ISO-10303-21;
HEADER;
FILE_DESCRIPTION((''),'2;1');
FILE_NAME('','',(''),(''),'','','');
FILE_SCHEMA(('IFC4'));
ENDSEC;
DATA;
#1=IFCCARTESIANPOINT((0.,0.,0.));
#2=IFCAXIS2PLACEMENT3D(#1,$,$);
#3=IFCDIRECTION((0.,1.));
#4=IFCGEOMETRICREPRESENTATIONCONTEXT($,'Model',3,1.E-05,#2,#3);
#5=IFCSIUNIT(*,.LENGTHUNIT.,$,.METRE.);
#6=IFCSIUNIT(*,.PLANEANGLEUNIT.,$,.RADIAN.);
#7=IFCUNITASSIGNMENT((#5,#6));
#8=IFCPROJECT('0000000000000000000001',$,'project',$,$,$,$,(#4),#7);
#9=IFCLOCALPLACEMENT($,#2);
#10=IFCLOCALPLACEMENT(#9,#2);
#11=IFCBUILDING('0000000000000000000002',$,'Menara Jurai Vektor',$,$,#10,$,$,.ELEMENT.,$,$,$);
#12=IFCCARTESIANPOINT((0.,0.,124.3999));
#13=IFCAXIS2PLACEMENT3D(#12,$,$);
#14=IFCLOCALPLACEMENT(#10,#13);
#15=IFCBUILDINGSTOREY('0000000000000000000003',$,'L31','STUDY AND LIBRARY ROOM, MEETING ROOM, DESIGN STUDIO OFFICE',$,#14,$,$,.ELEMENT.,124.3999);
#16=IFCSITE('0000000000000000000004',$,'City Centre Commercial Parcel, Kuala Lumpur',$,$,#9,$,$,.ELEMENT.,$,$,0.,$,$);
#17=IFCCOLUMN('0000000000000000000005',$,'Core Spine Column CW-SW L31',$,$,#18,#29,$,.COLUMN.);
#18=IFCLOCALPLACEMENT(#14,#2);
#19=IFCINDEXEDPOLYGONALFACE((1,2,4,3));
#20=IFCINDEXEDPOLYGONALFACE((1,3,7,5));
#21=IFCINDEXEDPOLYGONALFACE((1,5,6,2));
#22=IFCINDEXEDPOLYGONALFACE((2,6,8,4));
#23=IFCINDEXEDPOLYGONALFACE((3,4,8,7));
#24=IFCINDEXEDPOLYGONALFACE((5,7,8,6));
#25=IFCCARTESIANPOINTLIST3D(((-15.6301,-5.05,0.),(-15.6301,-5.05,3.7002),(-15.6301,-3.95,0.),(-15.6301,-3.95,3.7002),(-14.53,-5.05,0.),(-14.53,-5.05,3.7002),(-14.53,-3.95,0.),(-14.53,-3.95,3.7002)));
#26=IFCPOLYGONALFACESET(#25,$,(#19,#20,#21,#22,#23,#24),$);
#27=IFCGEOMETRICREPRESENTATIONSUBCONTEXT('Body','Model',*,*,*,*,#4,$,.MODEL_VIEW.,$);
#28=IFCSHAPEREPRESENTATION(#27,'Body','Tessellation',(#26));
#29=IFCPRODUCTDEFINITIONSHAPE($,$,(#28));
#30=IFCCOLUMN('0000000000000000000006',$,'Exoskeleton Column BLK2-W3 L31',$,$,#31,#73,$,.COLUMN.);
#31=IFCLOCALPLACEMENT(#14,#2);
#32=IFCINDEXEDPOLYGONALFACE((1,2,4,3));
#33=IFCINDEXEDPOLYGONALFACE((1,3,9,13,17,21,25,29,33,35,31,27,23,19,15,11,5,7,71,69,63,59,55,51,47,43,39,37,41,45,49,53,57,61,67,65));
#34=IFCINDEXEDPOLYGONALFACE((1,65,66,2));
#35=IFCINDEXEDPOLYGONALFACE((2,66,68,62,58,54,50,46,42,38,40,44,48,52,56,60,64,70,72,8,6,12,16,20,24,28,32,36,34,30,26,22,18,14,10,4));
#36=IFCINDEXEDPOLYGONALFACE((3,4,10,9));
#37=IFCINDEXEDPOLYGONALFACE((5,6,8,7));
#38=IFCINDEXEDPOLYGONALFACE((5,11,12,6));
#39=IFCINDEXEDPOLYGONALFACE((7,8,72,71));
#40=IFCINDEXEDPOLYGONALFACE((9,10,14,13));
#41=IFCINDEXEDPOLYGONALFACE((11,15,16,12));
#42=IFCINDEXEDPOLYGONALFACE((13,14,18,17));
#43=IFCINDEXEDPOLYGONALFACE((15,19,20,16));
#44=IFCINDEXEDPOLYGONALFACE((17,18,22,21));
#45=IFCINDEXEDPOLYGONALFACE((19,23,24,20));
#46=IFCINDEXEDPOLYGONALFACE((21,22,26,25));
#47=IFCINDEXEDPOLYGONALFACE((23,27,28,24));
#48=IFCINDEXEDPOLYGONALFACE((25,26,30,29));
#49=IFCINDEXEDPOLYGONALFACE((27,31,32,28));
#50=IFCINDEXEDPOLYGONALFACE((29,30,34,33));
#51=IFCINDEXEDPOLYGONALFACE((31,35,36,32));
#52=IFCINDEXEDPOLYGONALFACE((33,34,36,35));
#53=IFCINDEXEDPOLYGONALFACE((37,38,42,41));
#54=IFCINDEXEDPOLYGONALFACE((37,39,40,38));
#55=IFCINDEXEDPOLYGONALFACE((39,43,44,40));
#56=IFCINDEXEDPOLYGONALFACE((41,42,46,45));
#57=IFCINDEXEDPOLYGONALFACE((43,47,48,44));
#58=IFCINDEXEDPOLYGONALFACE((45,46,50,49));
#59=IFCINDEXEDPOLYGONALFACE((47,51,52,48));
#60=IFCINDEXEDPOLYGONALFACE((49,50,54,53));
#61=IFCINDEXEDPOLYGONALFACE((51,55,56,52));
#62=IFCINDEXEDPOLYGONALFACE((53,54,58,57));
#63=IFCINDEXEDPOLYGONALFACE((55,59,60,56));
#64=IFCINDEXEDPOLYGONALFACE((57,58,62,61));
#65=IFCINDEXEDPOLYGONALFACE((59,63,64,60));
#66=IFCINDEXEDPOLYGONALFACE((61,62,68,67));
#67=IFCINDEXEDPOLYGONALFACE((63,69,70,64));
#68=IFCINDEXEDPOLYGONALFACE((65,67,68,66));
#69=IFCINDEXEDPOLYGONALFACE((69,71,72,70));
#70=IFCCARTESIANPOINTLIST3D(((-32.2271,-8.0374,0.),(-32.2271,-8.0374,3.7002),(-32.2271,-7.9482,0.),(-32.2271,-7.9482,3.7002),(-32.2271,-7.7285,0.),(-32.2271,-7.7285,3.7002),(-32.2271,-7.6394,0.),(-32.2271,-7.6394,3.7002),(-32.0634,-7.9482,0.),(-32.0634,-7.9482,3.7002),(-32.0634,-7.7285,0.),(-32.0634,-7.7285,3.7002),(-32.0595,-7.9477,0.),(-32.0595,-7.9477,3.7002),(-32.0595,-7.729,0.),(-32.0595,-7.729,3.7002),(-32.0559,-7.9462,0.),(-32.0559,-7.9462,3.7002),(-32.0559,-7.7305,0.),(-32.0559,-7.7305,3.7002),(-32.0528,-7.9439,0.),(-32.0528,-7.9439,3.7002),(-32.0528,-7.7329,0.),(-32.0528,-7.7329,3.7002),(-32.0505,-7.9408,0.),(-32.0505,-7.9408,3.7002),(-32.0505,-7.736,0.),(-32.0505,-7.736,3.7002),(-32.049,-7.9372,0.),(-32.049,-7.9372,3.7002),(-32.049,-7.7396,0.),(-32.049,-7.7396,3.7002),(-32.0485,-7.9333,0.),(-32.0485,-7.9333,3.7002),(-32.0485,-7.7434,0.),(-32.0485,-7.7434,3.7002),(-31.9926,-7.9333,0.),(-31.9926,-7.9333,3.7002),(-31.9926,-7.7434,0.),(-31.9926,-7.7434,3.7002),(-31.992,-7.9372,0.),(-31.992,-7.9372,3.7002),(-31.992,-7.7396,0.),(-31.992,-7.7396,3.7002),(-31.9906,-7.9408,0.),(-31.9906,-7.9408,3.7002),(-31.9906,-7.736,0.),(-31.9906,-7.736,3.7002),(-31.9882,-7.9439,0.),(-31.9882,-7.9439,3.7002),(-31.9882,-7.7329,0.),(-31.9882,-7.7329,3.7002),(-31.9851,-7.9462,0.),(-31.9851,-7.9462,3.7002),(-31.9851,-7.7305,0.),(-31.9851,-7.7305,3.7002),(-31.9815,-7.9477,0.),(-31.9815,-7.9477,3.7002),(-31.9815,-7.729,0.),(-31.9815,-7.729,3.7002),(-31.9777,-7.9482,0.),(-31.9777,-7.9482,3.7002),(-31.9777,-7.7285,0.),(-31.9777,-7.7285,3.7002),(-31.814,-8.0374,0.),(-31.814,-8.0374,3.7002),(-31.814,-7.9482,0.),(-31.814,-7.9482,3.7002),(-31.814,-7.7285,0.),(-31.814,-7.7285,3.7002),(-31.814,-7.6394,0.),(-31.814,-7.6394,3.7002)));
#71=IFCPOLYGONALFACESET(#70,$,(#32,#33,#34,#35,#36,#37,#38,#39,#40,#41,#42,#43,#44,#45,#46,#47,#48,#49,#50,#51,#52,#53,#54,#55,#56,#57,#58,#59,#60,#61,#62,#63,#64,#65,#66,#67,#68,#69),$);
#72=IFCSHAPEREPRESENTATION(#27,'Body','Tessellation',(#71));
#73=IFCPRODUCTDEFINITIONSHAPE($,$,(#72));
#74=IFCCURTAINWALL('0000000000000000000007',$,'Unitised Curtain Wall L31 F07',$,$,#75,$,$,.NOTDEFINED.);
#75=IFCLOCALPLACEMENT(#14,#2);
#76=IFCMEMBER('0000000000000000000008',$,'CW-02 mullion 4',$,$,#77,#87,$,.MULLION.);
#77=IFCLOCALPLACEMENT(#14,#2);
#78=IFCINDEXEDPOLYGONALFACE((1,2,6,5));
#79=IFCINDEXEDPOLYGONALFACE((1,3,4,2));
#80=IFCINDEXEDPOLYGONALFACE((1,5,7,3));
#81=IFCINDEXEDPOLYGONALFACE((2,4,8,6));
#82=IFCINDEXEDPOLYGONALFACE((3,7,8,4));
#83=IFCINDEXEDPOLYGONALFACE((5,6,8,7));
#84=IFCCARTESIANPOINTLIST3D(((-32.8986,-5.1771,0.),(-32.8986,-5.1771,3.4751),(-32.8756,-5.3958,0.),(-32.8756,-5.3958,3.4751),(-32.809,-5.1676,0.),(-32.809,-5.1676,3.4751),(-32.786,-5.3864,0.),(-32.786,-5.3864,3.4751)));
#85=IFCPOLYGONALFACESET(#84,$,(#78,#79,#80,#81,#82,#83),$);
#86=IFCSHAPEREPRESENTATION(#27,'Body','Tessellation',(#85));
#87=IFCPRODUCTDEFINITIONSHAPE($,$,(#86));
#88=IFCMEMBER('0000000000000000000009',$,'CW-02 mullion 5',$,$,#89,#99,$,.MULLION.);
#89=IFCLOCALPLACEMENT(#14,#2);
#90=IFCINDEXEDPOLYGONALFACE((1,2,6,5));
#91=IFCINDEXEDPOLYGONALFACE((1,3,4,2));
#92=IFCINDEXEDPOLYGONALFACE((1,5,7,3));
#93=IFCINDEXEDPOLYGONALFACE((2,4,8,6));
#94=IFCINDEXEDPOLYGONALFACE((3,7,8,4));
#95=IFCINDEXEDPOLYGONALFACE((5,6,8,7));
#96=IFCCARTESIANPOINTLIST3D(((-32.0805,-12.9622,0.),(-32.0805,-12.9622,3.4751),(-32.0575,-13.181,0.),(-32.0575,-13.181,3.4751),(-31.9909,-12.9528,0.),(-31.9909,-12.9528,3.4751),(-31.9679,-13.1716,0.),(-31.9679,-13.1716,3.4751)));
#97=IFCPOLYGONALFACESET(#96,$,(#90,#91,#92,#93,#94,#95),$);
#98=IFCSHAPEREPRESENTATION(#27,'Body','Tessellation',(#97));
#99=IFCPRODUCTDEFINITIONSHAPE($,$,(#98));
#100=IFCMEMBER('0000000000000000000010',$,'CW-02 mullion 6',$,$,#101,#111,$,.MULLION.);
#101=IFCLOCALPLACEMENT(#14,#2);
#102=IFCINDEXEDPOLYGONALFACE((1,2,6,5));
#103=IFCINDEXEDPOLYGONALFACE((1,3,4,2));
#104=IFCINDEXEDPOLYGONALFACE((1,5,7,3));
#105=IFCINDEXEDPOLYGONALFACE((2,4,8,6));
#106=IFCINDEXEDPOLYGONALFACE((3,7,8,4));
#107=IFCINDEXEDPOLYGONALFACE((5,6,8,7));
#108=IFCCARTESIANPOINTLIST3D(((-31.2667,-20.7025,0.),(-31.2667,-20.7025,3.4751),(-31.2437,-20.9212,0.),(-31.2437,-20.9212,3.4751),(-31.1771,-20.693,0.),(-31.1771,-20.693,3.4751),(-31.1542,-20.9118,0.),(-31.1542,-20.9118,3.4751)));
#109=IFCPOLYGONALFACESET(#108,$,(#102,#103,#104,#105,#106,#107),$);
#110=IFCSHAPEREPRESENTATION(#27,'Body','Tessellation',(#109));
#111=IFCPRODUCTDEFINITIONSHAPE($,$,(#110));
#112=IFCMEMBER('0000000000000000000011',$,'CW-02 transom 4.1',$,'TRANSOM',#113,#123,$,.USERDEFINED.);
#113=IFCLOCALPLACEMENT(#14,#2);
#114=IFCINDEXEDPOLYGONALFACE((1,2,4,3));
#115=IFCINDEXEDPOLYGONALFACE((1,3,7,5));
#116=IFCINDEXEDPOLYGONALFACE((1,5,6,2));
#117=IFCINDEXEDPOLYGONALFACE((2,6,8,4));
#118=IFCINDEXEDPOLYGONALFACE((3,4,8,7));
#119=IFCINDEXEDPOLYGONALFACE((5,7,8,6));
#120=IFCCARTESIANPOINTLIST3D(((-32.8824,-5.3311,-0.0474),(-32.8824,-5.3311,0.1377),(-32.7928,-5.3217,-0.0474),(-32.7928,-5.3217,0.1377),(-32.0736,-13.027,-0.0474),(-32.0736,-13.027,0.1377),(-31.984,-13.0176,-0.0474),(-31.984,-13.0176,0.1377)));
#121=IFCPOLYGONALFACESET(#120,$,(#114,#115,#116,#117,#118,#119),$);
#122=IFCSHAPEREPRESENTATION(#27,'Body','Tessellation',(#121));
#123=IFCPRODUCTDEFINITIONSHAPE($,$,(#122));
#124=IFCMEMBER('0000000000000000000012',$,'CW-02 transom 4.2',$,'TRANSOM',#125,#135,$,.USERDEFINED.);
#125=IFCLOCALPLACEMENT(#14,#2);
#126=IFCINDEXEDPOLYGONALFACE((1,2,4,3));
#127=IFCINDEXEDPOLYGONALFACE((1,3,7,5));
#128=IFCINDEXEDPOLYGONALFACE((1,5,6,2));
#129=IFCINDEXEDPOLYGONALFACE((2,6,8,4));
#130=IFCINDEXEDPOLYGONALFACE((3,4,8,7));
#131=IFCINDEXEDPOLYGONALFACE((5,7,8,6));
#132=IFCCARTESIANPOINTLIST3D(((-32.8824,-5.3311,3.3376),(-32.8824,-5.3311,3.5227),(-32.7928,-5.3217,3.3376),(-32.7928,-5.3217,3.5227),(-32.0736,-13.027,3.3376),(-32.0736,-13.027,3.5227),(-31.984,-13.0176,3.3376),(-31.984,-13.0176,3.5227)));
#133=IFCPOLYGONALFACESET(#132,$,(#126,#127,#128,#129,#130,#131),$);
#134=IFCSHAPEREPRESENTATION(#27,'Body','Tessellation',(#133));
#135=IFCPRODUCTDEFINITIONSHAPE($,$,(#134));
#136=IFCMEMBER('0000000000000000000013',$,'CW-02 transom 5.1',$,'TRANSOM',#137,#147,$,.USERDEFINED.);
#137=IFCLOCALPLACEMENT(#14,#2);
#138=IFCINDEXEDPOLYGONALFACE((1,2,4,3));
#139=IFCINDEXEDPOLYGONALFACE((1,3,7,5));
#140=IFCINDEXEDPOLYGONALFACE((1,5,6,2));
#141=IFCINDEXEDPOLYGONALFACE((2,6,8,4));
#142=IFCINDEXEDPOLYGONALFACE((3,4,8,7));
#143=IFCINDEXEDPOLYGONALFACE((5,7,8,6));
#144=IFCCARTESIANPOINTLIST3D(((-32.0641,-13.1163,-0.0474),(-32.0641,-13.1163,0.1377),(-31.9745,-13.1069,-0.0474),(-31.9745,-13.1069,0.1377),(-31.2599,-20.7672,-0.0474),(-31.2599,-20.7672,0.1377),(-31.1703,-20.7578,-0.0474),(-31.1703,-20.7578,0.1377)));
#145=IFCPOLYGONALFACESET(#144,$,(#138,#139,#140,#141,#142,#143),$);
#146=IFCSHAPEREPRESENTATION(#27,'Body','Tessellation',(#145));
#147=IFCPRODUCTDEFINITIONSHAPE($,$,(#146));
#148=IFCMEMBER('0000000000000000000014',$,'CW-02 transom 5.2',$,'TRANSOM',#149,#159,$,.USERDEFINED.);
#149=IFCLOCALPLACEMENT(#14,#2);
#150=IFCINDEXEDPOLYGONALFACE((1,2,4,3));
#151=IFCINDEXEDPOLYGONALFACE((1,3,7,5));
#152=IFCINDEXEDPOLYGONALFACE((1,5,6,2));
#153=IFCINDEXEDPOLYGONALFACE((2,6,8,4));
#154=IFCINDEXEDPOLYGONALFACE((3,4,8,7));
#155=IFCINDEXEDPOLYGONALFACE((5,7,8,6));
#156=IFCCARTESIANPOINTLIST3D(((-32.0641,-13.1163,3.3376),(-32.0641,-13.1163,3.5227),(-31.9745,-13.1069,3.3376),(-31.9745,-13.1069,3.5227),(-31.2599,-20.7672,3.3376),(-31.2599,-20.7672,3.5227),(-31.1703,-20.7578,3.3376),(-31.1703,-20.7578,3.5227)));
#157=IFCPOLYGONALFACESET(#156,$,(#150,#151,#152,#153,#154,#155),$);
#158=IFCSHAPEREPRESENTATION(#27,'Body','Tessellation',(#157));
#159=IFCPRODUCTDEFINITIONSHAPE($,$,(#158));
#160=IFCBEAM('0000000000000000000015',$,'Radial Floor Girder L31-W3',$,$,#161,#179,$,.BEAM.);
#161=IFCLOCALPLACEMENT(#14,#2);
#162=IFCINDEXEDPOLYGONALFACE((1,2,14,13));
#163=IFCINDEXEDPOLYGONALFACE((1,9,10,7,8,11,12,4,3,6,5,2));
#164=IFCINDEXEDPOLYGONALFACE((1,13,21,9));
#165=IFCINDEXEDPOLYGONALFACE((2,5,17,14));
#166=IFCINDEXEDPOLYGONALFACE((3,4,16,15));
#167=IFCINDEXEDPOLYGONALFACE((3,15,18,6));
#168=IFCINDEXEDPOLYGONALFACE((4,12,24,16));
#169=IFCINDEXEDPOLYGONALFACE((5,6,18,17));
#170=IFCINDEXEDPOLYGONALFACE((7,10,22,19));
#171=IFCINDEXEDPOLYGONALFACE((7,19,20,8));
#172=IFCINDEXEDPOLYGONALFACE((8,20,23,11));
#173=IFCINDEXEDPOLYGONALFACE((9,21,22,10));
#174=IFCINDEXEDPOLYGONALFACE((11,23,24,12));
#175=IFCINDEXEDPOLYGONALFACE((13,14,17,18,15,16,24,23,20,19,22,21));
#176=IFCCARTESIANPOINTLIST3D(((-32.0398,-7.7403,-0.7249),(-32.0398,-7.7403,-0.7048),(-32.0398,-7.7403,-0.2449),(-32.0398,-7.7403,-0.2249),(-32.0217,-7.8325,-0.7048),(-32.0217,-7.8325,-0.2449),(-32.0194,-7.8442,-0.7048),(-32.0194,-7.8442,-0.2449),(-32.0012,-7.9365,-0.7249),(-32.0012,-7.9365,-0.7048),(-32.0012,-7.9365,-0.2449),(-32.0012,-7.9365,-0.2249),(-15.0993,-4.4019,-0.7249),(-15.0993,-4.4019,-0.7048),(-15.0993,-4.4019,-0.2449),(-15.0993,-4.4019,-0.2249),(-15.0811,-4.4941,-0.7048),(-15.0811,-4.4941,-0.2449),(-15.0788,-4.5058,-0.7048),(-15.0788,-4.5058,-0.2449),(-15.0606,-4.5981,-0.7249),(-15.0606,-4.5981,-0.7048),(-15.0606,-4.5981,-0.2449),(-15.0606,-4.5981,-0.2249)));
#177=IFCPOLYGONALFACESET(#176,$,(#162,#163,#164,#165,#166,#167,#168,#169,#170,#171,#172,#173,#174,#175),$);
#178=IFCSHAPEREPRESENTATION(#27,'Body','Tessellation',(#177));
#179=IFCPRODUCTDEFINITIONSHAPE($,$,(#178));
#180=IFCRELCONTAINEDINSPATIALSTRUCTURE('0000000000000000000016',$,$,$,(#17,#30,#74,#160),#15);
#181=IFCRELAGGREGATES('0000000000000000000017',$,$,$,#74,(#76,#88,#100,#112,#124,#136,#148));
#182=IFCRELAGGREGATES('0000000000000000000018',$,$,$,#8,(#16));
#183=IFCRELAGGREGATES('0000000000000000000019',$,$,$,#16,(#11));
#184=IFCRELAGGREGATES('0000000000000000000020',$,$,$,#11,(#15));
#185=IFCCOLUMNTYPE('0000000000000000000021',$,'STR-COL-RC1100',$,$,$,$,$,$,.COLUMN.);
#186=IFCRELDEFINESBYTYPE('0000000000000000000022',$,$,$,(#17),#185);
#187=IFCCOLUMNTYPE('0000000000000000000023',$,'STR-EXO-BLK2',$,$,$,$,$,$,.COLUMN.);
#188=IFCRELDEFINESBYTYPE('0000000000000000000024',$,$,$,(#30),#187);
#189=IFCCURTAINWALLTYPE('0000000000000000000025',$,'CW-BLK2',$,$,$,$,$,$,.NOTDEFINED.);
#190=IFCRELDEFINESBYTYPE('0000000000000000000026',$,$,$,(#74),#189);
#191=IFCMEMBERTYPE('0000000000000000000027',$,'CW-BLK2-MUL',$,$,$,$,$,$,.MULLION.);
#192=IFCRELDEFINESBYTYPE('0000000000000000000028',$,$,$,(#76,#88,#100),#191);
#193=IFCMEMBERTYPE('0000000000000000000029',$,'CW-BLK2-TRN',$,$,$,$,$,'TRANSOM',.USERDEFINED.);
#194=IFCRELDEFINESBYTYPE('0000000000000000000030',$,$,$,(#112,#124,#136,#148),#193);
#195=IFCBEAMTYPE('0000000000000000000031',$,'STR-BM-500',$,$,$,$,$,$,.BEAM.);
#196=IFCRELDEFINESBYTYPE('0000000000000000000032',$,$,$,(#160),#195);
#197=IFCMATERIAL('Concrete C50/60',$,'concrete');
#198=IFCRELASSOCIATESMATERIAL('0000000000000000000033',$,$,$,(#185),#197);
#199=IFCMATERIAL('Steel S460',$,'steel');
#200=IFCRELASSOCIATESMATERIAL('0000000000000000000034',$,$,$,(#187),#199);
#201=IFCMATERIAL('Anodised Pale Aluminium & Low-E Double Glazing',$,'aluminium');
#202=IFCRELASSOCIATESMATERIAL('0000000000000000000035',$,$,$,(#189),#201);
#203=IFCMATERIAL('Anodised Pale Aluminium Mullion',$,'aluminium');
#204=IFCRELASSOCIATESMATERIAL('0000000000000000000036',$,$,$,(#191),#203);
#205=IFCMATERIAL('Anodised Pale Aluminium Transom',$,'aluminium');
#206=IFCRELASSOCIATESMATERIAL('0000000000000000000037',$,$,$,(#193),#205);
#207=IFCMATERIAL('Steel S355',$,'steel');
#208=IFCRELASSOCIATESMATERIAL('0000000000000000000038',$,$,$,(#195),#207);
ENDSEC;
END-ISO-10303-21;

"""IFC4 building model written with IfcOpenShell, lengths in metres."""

from ifc_helpers import new_model, si_unit, direction, frame, origin, origin_2d, place, context, subcontext, project, spatial, rectangle, i_section, extrude, material, material_profile, profile_set, type_object, element, aggregate, save


model = new_model("IFC4")

# Units and contexts
model_context = context("Model", 3, precision=1e-05, world=origin(), true_north=direction((0.0, 1.0)))
body_context = subcontext(model_context, "Body", "Model", "MODEL_VIEW")
ifc_project = project(units=[si_unit("LENGTHUNIT", "METRE"), si_unit("PLANEANGLEUNIT", "RADIAN")], contexts=[model_context])

# Site, building, storey
site_placement = place(None, origin())
site = spatial("IfcSite", under=ifc_project, at=site_placement, Name="City Centre Commercial Parcel, Kuala Lumpur", CompositionType="ELEMENT", RefElevation=0.0)
building_placement = place(site_placement, origin())
building = spatial("IfcBuilding", under=site, at=building_placement, Name="Menara Jurai Vektor", CompositionType="ELEMENT")
storey_placement = place(building_placement, frame((0.0, 0.0, 124.3999)))
storey = spatial("IfcBuildingStorey", under=building, at=storey_placement, Name="L31", Description="STUDY AND LIBRARY ROOM, MEETING ROOM, DESIGN STUDIO OFFICE", CompositionType="ELEMENT", Elevation=124.3999)

# Columns
ifc_material_1 = material(Name="Concrete C50/60", Category="concrete")
ifc_material_profile_1 = material_profile(ifc_material_1, rectangle(XDim=1.1001, YDim=1.1001, at=origin_2d()), Name="RC 1100x1100")
ifc_profile_set_1 = profile_set([ifc_material_profile_1], Name="Concrete C50/60")
column_type_1 = type_object("IfcColumnType", Name="STR-COL-RC1100", PredefinedType="COLUMN", material=ifc_profile_set_1)
column_1_placement = place(storey_placement, frame((-15.0801, -4.5, 0.0), z_axis=(0.0, 0.0, 1.0), x_axis=(1.0, 0.0, 0.0)))
element("IfcColumn", 1, at=column_1_placement, inside=storey, type_object=column_type_1, Name="Core Spine Column CW-SW L31", PredefinedType="COLUMN", context=body_context, shape_type="SweptSolid", body=[
    extrude(rectangle(XDim=1.1001, YDim=1.1001, at=origin_2d()), origin(), (0.0, 0.0, 1.0), 3.7002),
])
ifc_material_2 = material(Name="Steel S460", Category="steel")
ifc_material_profile_2 = material_profile(ifc_material_2, i_section(OverallWidth=0.4131, OverallDepth=0.3979, WebThickness=0.0559, FlangeThickness=0.0891, FilletRadius=0.0149, at=origin_2d()), Name="HD 400x744")
ifc_profile_set_2 = profile_set([ifc_material_profile_2], Name="Steel S460")
column_type_2 = type_object("IfcColumnType", Name="STR-EXO-BLK2", PredefinedType="COLUMN", material=ifc_profile_set_2)
column_2_placement = place(storey_placement, frame((-32.0205, -7.8384, 0.0), z_axis=(0.0, 0.0, 1.0), x_axis=(1.0, 0.0, 0.0)))
element("IfcColumn", 2, at=column_2_placement, inside=storey, type_object=column_type_2, Name="Exoskeleton Column BLK2-W3 L31", PredefinedType="COLUMN", context=body_context, shape_type="SweptSolid", body=[
    extrude(i_section(OverallWidth=0.4131, OverallDepth=0.3979, WebThickness=0.0559, FlangeThickness=0.0891, FilletRadius=0.0149, at=origin_2d()), origin(), (0.0, 0.0, 1.0), 3.7002),
])

# Curtain wall, members
ifc_material_3 = material(Name="Anodised Pale Aluminium & Low-E Double Glazing", Category="aluminium")
curtain_wall_type = type_object("IfcCurtainWallType", Name="CW-BLK2", PredefinedType="NOTDEFINED", material=ifc_material_3)
curtain_wall_placement = place(storey_placement, origin())
curtain_wall = element("IfcCurtainWall", 3, at=curtain_wall_placement, inside=storey, type_object=curtain_wall_type, Name="Unitised Curtain Wall L31 F07", PredefinedType="NOTDEFINED")
ifc_material_4 = material(Name="Anodised Pale Aluminium Mullion", Category="aluminium")
ifc_material_profile_3 = material_profile(ifc_material_4, rectangle(XDim=0.0901, YDim=0.22, at=origin_2d()), Name="ALU MUL 90x220")
ifc_profile_set_3 = profile_set([ifc_material_profile_3], Name="Anodised Pale Aluminium Mullion")
member_type_1 = type_object("IfcMemberType", Name="CW-BLK2-MUL", PredefinedType="MULLION", material=ifc_profile_set_3)
member_1_placement = place(storey_placement, frame((-32.8423, -5.2817, 0.0), z_axis=(0.0, 0.0, 1.0), x_axis=(0.994522, 0.10453, 0.0)))
member_1 = element("IfcMember", 4, at=member_1_placement, type_object=member_type_1, Name="CW-02 mullion 4", PredefinedType="MULLION", context=body_context, shape_type="SweptSolid", body=[
    extrude(rectangle(XDim=0.0901, YDim=0.22, at=origin_2d()), origin(), (0.0, 0.0, 1.0), 3.4751),
])
member_2_placement = place(storey_placement, frame((-32.0242, -13.0669, 0.0), z_axis=(0.0, 0.0, 1.0), x_axis=(0.994522, 0.10453, 0.0)))
member_2 = element("IfcMember", 5, at=member_2_placement, type_object=member_type_1, Name="CW-02 mullion 5", PredefinedType="MULLION", context=body_context, shape_type="SweptSolid", body=[
    extrude(rectangle(XDim=0.0901, YDim=0.22, at=origin_2d()), origin(), (0.0, 0.0, 1.0), 3.4751),
])
member_3_placement = place(storey_placement, frame((-31.2104, -20.8071, 0.0), z_axis=(0.0, 0.0, 1.0), x_axis=(0.994522, 0.10453, 0.0)))
member_3 = element("IfcMember", 6, at=member_3_placement, type_object=member_type_1, Name="CW-02 mullion 6", PredefinedType="MULLION", context=body_context, shape_type="SweptSolid", body=[
    extrude(rectangle(XDim=0.0901, YDim=0.22, at=origin_2d()), origin(), (0.0, 0.0, 1.0), 3.4751),
])
ifc_material_5 = material(Name="Anodised Pale Aluminium Transom", Category="aluminium")
ifc_material_profile_4 = material_profile(ifc_material_5, rectangle(XDim=0.0901, YDim=0.1851, at=origin_2d()), Name="ALU TRN 90x185")
ifc_profile_set_4 = profile_set([ifc_material_profile_4], Name="Anodised Pale Aluminium Transom")
member_type_2 = type_object("IfcMemberType", Name="CW-BLK2-TRN", ElementType="TRANSOM", PredefinedType="USERDEFINED", material=ifc_profile_set_4)
member_4_placement = place(storey_placement, frame((-32.8376, -5.3264, 0.0452), z_axis=(0.104525, -0.994522, 0.0), x_axis=(0.994522, 0.104525, 0.0)))
member_4 = element("IfcMember", 7, at=member_4_placement, type_object=member_type_2, Name="CW-02 transom 4.1", ObjectType="TRANSOM", PredefinedType="USERDEFINED", context=body_context, shape_type="SweptSolid", body=[
    extrude(rectangle(XDim=0.0901, YDim=0.1851, at=origin_2d()), origin(), (0.0, 0.0, 1.0), 7.7383),
])
member_5_placement = place(storey_placement, frame((-32.8376, -5.3264, 3.4302), z_axis=(0.104525, -0.994522, 0.0), x_axis=(0.994522, 0.104525, 0.0)))
member_5 = element("IfcMember", 8, at=member_5_placement, type_object=member_type_2, Name="CW-02 transom 4.2", ObjectType="TRANSOM", PredefinedType="USERDEFINED", context=body_context, shape_type="SweptSolid", body=[
    extrude(rectangle(XDim=0.0901, YDim=0.1851, at=origin_2d()), origin(), (0.0, 0.0, 1.0), 7.7383),
])
member_6_placement = place(storey_placement, frame((-32.0193, -13.1116, 0.0452), z_axis=(0.104536, -0.994521, 0.0), x_axis=(0.994521, 0.104536, 0.0)))
member_6 = element("IfcMember", 9, at=member_6_placement, type_object=member_type_2, Name="CW-02 transom 5.1", ObjectType="TRANSOM", PredefinedType="USERDEFINED", context=body_context, shape_type="SweptSolid", body=[
    extrude(rectangle(XDim=0.0901, YDim=0.1851, at=origin_2d()), origin(), (0.0, 0.0, 1.0), 7.6931),
])
member_7_placement = place(storey_placement, frame((-32.0193, -13.1116, 3.4302), z_axis=(0.104536, -0.994521, 0.0), x_axis=(0.994521, 0.104536, 0.0)))
member_7 = element("IfcMember", 10, at=member_7_placement, type_object=member_type_2, Name="CW-02 transom 5.2", ObjectType="TRANSOM", PredefinedType="USERDEFINED", context=body_context, shape_type="SweptSolid", body=[
    extrude(rectangle(XDim=0.0901, YDim=0.1851, at=origin_2d()), origin(), (0.0, 0.0, 1.0), 7.6931),
])

# Beam
ifc_material_6 = material(Name="Steel S355", Category="steel")
ifc_material_profile_5 = material_profile(ifc_material_6, i_section(OverallWidth=0.2, OverallDepth=0.5, WebThickness=0.012, FlangeThickness=0.02, at=origin_2d()), Name="PG 500x200x96")
ifc_profile_set_5 = profile_set([ifc_material_profile_5], Name="Steel S355")
beam_type_1 = type_object("IfcBeamType", Name="STR-BM-500", PredefinedType="BEAM", material=ifc_profile_set_5)
beam_1_placement = place(storey_placement, frame((-32.0205, -7.8384, -0.4749), z_axis=(0.98113, 0.193347, 0.0), x_axis=(-0.193347, 0.98113, 0.0)))
element("IfcBeam", 11, at=beam_1_placement, inside=storey, type_object=beam_type_1, Name="Radial Floor Girder L31-W3", PredefinedType="BEAM", context=body_context, shape_type="SweptSolid", body=[
    extrude(i_section(OverallWidth=0.2, OverallDepth=0.5, WebThickness=0.012, FlangeThickness=0.02, at=origin_2d()), origin(), (0.0, 0.0, 1.0), 17.2664),
])

aggregate(curtain_wall, [member_1, member_2, member_3, member_4, member_5, member_6, member_7])

save(model, "model.ifc")
